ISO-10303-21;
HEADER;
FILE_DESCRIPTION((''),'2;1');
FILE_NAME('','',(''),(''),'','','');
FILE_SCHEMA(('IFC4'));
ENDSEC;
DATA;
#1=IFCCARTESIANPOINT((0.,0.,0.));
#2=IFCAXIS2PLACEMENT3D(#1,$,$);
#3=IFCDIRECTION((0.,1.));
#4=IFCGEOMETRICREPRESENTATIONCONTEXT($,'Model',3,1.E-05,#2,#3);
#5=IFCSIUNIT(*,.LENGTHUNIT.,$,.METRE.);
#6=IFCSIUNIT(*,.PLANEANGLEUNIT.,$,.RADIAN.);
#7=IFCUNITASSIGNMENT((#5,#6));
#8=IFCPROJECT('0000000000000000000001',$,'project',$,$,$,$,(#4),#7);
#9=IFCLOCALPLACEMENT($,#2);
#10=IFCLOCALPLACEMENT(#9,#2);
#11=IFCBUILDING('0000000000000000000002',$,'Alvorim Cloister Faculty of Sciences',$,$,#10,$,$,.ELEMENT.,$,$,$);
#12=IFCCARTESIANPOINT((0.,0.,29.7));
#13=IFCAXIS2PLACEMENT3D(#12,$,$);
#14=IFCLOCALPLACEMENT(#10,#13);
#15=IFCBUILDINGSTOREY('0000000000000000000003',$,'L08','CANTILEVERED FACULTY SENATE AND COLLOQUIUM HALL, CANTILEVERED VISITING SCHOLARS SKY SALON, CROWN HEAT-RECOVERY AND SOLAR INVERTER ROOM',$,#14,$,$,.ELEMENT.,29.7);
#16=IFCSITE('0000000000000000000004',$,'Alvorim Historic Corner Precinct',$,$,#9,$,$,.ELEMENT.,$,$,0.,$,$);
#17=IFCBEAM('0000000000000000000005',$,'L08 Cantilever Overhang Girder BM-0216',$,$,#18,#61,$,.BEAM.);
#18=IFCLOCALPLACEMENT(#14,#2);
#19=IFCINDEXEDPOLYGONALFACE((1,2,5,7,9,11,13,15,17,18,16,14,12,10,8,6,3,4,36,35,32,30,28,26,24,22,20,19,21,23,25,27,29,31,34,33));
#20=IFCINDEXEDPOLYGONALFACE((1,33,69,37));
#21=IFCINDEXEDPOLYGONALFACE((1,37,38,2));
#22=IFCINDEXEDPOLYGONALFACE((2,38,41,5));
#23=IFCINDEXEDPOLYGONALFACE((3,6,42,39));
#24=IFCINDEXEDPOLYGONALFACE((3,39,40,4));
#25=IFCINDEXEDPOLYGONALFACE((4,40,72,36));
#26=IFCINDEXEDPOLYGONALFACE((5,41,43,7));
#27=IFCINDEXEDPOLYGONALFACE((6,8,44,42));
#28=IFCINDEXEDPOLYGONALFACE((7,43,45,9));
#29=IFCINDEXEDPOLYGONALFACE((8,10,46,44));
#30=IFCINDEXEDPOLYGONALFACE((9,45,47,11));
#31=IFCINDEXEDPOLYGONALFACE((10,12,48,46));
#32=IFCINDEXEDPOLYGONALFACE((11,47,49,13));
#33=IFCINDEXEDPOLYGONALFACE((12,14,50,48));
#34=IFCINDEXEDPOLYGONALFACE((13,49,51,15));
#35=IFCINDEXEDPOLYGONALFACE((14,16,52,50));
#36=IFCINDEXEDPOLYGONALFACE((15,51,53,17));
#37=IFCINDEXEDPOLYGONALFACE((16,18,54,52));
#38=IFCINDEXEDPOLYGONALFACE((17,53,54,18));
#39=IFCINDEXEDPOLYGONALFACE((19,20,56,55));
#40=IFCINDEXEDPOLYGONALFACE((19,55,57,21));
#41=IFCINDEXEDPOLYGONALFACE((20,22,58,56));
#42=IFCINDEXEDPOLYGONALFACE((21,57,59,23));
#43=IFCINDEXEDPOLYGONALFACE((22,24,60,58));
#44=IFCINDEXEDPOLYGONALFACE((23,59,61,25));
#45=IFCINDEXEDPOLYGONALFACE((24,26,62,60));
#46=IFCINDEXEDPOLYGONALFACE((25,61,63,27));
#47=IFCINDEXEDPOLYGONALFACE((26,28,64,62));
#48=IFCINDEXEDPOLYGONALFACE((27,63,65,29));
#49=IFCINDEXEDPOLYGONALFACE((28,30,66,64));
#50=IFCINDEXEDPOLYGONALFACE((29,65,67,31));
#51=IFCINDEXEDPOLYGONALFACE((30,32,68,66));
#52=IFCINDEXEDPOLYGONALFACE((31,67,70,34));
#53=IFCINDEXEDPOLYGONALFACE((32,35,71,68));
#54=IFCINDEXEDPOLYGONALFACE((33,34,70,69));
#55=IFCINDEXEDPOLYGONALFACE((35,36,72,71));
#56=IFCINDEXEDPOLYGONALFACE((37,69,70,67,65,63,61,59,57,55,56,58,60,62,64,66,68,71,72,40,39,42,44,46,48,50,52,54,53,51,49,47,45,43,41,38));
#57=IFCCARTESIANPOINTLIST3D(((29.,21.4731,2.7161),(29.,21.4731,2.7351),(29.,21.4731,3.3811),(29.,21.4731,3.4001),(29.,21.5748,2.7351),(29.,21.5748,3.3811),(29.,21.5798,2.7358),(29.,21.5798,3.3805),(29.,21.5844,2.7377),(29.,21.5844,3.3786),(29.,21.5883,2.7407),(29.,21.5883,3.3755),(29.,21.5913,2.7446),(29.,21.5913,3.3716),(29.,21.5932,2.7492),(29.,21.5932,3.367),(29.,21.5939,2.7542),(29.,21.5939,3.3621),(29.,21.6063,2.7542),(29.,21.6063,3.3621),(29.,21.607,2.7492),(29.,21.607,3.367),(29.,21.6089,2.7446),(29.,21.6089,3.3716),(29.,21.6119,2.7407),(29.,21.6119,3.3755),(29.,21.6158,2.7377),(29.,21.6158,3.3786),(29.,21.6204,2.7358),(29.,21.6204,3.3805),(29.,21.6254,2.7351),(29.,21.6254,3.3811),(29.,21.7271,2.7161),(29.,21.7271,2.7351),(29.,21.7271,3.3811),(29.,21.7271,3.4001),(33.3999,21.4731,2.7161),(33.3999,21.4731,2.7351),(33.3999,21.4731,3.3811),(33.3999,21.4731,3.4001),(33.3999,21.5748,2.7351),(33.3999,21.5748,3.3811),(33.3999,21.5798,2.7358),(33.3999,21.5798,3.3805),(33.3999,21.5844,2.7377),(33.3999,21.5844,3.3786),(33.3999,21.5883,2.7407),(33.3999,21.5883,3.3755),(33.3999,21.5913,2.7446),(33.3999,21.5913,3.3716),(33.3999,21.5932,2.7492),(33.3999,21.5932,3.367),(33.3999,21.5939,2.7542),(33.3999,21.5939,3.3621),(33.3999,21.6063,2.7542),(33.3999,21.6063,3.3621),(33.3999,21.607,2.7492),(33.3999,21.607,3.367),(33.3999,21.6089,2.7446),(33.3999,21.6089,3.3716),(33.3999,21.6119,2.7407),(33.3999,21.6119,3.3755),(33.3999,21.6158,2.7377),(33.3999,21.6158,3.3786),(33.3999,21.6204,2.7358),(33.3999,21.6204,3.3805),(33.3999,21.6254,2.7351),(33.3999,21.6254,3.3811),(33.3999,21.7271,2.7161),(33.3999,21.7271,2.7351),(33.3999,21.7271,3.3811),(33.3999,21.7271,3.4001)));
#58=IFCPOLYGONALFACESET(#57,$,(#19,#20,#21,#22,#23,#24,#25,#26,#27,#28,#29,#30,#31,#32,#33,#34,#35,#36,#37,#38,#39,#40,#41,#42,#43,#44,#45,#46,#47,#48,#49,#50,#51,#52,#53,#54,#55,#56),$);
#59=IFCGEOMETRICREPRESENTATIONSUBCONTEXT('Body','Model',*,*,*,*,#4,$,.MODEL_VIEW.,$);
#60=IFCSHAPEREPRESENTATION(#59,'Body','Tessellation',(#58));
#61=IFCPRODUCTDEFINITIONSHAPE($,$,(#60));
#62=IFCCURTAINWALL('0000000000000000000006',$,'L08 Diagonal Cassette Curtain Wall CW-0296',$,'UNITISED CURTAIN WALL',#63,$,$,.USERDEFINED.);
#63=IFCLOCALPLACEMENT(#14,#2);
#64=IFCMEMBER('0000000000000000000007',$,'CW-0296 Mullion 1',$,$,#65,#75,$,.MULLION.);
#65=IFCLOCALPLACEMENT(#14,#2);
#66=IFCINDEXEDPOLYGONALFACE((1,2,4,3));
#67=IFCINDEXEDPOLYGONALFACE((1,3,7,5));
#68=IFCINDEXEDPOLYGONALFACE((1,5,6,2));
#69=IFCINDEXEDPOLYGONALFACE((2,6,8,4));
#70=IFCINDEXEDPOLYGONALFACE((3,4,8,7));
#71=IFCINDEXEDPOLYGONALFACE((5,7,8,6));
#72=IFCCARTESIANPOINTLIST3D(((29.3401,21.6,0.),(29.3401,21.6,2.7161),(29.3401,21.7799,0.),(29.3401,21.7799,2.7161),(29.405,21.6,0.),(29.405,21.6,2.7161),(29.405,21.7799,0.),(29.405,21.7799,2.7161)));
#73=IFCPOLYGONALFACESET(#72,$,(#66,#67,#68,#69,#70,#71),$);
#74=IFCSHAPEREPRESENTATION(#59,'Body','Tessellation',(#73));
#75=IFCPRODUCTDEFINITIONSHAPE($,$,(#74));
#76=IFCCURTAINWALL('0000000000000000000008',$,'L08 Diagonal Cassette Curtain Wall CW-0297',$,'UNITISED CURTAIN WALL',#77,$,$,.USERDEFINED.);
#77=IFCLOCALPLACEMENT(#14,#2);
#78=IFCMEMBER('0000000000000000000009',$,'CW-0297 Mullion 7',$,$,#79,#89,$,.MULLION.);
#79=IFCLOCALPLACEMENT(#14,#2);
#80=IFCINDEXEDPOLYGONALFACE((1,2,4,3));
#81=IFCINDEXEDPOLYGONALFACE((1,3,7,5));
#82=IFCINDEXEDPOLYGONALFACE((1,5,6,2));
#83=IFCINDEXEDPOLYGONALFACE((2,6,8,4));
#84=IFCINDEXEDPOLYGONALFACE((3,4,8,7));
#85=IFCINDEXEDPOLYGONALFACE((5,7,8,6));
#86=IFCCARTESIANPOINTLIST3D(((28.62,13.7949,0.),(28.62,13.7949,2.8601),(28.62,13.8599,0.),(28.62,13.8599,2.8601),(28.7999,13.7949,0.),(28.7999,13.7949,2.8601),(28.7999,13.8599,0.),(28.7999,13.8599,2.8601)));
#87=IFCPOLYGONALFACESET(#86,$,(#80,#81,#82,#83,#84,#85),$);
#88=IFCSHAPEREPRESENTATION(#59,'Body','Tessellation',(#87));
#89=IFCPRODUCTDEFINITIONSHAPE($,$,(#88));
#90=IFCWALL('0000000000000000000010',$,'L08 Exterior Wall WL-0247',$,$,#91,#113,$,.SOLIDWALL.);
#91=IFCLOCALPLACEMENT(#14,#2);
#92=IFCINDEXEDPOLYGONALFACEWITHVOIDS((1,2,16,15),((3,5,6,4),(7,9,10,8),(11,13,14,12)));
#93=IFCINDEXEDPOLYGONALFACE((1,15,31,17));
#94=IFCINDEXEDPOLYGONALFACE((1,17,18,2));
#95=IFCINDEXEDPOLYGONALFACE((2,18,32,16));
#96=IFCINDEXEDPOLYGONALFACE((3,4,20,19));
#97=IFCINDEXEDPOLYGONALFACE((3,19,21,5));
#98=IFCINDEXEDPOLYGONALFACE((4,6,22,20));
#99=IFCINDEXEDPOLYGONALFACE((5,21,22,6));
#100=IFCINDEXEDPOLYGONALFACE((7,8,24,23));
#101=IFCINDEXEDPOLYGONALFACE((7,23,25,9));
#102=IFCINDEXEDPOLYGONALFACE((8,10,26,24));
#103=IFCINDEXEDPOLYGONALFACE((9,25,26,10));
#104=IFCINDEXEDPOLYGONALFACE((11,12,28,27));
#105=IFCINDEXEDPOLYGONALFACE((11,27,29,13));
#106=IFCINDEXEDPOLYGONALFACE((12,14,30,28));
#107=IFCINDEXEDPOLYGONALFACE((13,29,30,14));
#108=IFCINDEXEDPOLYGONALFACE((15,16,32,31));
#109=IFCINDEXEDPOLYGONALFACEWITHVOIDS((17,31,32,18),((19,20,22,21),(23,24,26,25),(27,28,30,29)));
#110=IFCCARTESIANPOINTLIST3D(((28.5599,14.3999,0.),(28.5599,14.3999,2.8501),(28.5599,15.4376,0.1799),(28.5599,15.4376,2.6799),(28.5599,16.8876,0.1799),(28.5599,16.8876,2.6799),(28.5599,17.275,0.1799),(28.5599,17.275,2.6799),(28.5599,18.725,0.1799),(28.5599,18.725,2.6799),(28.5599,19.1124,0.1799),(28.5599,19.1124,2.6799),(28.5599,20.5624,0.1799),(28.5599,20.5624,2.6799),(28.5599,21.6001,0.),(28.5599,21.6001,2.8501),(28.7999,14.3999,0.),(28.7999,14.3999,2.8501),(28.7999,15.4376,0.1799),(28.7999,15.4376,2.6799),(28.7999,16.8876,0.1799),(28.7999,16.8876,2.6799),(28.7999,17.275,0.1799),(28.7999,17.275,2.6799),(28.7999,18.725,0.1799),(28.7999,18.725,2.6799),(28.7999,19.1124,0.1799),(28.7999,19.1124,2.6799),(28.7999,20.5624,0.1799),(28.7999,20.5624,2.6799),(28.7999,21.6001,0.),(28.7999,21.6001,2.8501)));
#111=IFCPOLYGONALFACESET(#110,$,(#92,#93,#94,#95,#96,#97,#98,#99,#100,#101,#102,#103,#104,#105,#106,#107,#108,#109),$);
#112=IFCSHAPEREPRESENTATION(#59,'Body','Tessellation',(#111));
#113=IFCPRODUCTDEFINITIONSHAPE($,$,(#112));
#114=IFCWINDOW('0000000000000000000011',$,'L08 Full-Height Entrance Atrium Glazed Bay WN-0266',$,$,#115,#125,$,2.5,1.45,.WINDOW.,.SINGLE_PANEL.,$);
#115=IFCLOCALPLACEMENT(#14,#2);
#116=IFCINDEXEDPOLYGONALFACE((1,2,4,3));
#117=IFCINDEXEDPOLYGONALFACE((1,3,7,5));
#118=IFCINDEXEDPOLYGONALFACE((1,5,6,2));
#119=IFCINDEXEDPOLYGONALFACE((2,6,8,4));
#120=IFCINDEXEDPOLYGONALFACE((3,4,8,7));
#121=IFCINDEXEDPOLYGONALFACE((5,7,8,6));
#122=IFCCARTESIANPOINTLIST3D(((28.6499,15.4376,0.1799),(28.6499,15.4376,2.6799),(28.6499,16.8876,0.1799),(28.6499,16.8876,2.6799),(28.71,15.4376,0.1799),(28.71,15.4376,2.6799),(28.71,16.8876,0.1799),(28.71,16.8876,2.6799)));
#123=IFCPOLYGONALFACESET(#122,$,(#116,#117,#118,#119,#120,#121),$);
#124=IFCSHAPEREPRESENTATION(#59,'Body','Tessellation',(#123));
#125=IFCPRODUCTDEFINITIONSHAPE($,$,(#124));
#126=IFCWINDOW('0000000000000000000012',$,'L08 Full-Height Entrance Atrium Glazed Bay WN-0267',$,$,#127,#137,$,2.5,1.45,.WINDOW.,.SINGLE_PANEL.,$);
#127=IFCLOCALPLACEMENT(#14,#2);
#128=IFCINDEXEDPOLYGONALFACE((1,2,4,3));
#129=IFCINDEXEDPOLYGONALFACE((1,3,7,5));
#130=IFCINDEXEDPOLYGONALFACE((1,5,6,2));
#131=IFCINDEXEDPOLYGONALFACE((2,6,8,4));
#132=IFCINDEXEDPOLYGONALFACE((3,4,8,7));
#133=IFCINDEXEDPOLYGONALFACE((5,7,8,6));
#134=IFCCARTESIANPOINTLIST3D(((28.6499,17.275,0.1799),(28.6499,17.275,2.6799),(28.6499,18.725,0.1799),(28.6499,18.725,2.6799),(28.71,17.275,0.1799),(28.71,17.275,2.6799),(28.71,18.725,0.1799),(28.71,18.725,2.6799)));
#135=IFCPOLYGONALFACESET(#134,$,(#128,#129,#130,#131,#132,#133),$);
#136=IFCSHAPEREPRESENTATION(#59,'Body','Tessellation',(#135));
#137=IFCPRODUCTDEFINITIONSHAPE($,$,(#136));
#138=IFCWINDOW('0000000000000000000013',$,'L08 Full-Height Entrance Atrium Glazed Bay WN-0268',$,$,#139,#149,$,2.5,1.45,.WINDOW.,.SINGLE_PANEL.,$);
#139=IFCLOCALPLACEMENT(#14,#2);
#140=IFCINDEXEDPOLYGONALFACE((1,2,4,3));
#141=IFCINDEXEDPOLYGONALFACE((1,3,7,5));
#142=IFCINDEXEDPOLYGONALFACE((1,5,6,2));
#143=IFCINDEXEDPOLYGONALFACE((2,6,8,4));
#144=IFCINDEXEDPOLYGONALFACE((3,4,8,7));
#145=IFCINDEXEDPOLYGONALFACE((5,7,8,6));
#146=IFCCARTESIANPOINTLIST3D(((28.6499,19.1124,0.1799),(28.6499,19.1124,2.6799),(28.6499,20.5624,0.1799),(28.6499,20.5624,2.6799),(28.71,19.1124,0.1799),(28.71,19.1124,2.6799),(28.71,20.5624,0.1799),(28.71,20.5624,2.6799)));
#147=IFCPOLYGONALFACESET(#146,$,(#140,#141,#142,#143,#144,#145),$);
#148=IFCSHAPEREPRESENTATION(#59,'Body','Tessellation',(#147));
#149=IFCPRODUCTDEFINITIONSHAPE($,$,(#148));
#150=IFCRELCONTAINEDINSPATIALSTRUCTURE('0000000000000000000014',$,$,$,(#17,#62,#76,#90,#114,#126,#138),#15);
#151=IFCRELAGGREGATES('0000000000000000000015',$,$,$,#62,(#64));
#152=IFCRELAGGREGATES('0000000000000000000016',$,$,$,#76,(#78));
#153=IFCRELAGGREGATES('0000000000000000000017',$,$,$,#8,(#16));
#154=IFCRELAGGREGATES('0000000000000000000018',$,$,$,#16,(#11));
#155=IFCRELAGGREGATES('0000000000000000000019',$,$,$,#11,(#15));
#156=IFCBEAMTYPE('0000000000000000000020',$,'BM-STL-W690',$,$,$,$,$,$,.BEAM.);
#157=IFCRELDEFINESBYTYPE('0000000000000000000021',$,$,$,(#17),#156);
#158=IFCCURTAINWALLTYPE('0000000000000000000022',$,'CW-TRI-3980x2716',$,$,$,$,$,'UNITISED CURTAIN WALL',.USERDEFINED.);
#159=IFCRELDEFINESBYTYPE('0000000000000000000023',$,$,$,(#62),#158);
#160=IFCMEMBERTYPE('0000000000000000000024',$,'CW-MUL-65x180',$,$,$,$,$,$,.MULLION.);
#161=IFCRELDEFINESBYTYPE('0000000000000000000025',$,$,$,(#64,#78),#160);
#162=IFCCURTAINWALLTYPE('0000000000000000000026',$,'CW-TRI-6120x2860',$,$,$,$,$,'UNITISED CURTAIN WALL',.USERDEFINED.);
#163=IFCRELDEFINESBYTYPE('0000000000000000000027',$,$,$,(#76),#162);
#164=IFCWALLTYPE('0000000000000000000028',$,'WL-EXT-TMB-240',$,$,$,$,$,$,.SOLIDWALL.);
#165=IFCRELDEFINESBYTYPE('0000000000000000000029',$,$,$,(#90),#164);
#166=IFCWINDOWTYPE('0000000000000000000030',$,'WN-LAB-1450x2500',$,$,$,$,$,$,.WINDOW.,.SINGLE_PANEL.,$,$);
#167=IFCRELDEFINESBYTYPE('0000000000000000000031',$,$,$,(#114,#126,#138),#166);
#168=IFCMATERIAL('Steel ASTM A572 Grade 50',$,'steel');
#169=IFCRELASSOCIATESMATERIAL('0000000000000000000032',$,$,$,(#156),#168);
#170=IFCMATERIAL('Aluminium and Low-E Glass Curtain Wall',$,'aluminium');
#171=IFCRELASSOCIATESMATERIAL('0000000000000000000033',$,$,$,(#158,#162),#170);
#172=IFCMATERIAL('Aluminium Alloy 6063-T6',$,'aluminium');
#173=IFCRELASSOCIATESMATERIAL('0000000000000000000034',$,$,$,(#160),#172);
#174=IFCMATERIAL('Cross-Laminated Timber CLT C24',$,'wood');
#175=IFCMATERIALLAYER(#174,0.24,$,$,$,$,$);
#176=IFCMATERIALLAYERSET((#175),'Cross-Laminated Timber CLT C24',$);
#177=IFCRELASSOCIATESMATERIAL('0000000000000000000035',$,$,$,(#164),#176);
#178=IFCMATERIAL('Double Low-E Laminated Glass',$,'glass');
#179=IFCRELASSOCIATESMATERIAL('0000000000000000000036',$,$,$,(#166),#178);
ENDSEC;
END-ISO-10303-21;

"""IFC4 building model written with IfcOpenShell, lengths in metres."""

from ifc_helpers import new_model, si_unit, direction, frame, frame_2d, origin, origin_2d, place, context, subcontext, project, spatial, rectangle, i_section, extrude, material, layer, layer_set, material_profile, profile_set, type_object, element, fill, aggregate, save


model = new_model("IFC4")

# Units and contexts
model_context = context("Model", 3, precision=1e-05, world=origin(), true_north=direction((0.0, 1.0)))
body_context = subcontext(model_context, "Body", "Model", "MODEL_VIEW")
ifc_project = project(units=[si_unit("LENGTHUNIT", "METRE"), si_unit("PLANEANGLEUNIT", "RADIAN")], contexts=[model_context])

# Site, building, storey
site_placement = place(None, origin())
site = spatial("IfcSite", under=ifc_project, at=site_placement, Name="Alvorim Historic Corner Precinct", CompositionType="ELEMENT", RefElevation=0.0)
building_placement = place(site_placement, origin())
building = spatial("IfcBuilding", under=site, at=building_placement, Name="Alvorim Cloister Faculty of Sciences", CompositionType="ELEMENT")
storey_placement = place(building_placement, frame((0.0, 0.0, 29.7)))
storey = spatial("IfcBuildingStorey", under=building, at=storey_placement, Name="L08", Description="CANTILEVERED FACULTY SENATE AND COLLOQUIUM HALL, CANTILEVERED VISITING SCHOLARS SKY SALON, CROWN HEAT-RECOVERY AND SOLAR INVERTER ROOM", CompositionType="ELEMENT", Elevation=29.7)

# Beam
ifc_material_1 = material(Name="Steel ASTM A572 Grade 50", Category="steel")
ifc_material_profile_1 = material_profile(ifc_material_1, i_section(OverallWidth=0.2539, OverallDepth=0.6841, WebThickness=0.0125, FlangeThickness=0.019, FilletRadius=0.019, at=origin_2d()), Name="W690x140.0")
ifc_profile_set_1 = profile_set([ifc_material_profile_1], Name="Steel ASTM A572 Grade 50")
beam_type_1 = type_object("IfcBeamType", Name="BM-STL-W690", PredefinedType="BEAM", material=ifc_profile_set_1)
beam_1_placement = place(storey_placement, frame((29.0, 21.6001, 3.0581), z_axis=(1.0, 0.0, 0.0), x_axis=(0.0, 1.0, 0.0)))
element("IfcBeam", 1, at=beam_1_placement, inside=storey, type_object=beam_type_1, Name="L08 Cantilever Overhang Girder BM-0216", PredefinedType="BEAM", context=body_context, shape_type="SweptSolid", body=[
    extrude(i_section(OverallWidth=0.2539, OverallDepth=0.6841, WebThickness=0.0125, FlangeThickness=0.019, FilletRadius=0.019, at=origin_2d()), origin(), (0.0, 0.0, 1.0), 4.3999),
])

# Curtain wall, member
ifc_material_2 = material(Name="Aluminium and Low-E Glass Curtain Wall", Category="aluminium")
curtain_wall_type_1 = type_object("IfcCurtainWallType", Name="CW-TRI-3980x2716", ElementType="UNITISED CURTAIN WALL", PredefinedType="USERDEFINED", material=ifc_material_2)
curtain_wall_1_placement = place(storey_placement, origin())
curtain_wall_1 = element("IfcCurtainWall", 2, at=curtain_wall_1_placement, inside=storey, type_object=curtain_wall_type_1, Name="L08 Diagonal Cassette Curtain Wall CW-0296", ObjectType="UNITISED CURTAIN WALL", PredefinedType="USERDEFINED")
ifc_material_3 = material(Name="Aluminium Alloy 6063-T6", Category="aluminium")
ifc_material_profile_2 = material_profile(ifc_material_3, rectangle(XDim=0.0649, YDim=0.1799, at=origin_2d()), Name="ALU-MUL-65x180")
ifc_profile_set_2 = profile_set([ifc_material_profile_2], Name="Aluminium Alloy 6063-T6")
member_type = type_object("IfcMemberType", Name="CW-MUL-65x180", PredefinedType="MULLION", material=ifc_profile_set_2)
member_1_placement = place(storey_placement, frame((29.3726, 21.6899, 0.0), z_axis=(0.0, 0.0, 1.0), x_axis=(1.0, 0.0, 0.0)))
member_1 = element("IfcMember", 3, at=member_1_placement, type_object=member_type, Name="CW-0296 Mullion 1", PredefinedType="MULLION", context=body_context, shape_type="SweptSolid", body=[
    extrude(rectangle(XDim=0.0649, YDim=0.1799, at=origin_2d()), origin(), (0.0, 0.0, 1.0), 2.7161),
])
aggregate(curtain_wall_1, [member_1])

# Curtain wall, member
curtain_wall_type_2 = type_object("IfcCurtainWallType", Name="CW-TRI-6120x2860", ElementType="UNITISED CURTAIN WALL", PredefinedType="USERDEFINED", material=ifc_material_2)
curtain_wall_2_placement = place(storey_placement, origin())
curtain_wall_2 = element("IfcCurtainWall", 4, at=curtain_wall_2_placement, inside=storey, type_object=curtain_wall_type_2, Name="L08 Diagonal Cassette Curtain Wall CW-0297", ObjectType="UNITISED CURTAIN WALL", PredefinedType="USERDEFINED")
member_2_placement = place(storey_placement, frame((28.71, 13.8274, 0.0), z_axis=(0.0, 0.0, 1.0), x_axis=(0.0, 1.0, 0.0)))
member_2 = element("IfcMember", 5, at=member_2_placement, type_object=member_type, Name="CW-0297 Mullion 7", PredefinedType="MULLION", context=body_context, shape_type="SweptSolid", body=[
    extrude(rectangle(XDim=0.0649, YDim=0.1799, at=origin_2d()), origin(), (0.0, 0.0, 1.0), 2.8601),
])
ifc_material_4 = material(Name="Double Low-E Laminated Glass", Category="glass")
aggregate(curtain_wall_2, [member_2])

# Wall, openings, windows
ifc_material_5 = material(Name="Cross-Laminated Timber CLT C24", Category="wood")
ifc_layer_1 = layer(ifc_material_5, 0.24)
ifc_layer_set_1 = layer_set([ifc_layer_1], Name="Cross-Laminated Timber CLT C24")
wall_type_1 = type_object("IfcWallType", Name="WL-EXT-TMB-240", PredefinedType="SOLIDWALL", material=ifc_layer_set_1)
wall_1_placement = place(storey_placement, frame((28.6799, 14.3999, 0.0), z_axis=(0.0, 0.0, 1.0), x_axis=(0.0, 1.0, 0.0)))
wall_1 = element("IfcWall", 6, at=wall_1_placement, inside=storey, type_object=wall_type_1, Name="L08 Exterior Wall WL-0247", PredefinedType="SOLIDWALL", context=body_context, shape_type="SweptSolid", body=[
    extrude(rectangle(XDim=7.2002, YDim=0.24, at=frame_2d((3.6001, 0.0))), origin(), (0.0, 0.0, 1.0), 2.8501),
])
opening_1_placement = place(wall_1_placement, frame((1.0376, 0.0, 0.1799)))
opening_1 = element("IfcOpeningElement", 7, at=opening_1_placement, cuts=wall_1, PredefinedType="OPENING", context=body_context, shape_type="SweptSolid", body=[
    extrude(rectangle(XDim=1.45, YDim=2.5, at=frame_2d((0.7251, 1.25))), frame((0.0, 0.1318, 0.0), z_axis=(0.0, -1.0, 0.0), x_axis=(1.0, 0.0, 0.0)), (0.0, 0.0, 1.0), 0.2639),
])
opening_2_placement = place(wall_1_placement, frame((2.875, 0.0, 0.1799)))
opening_2 = element("IfcOpeningElement", 8, at=opening_2_placement, cuts=wall_1, PredefinedType="OPENING", context=body_context, shape_type="SweptSolid", body=[
    extrude(rectangle(XDim=1.45, YDim=2.5, at=frame_2d((0.7251, 1.25))), frame((0.0, 0.1318, 0.0), z_axis=(0.0, -1.0, 0.0), x_axis=(1.0, 0.0, 0.0)), (0.0, 0.0, 1.0), 0.2639),
])
opening_3_placement = place(wall_1_placement, frame((4.7124, 0.0, 0.1799)))
opening_3 = element("IfcOpeningElement", 9, at=opening_3_placement, cuts=wall_1, PredefinedType="OPENING", context=body_context, shape_type="SweptSolid", body=[
    extrude(rectangle(XDim=1.45, YDim=2.5, at=frame_2d((0.7251, 1.25))), frame((0.0, 0.1318, 0.0), z_axis=(0.0, -1.0, 0.0), x_axis=(1.0, 0.0, 0.0)), (0.0, 0.0, 1.0), 0.2639),
])
window_type = type_object("IfcWindowType", Name="WN-LAB-1450x2500", PartitioningType="SINGLE_PANEL", PredefinedType="WINDOW", material=ifc_material_4)
window_1_placement = place(opening_1_placement, origin())
window_1 = element("IfcWindow", 10, at=window_1_placement, inside=storey, type_object=window_type, Name="L08 Full-Height Entrance Atrium Glazed Bay WN-0266", OverallHeight=2.5, OverallWidth=1.45, PartitioningType="SINGLE_PANEL", PredefinedType="WINDOW", context=body_context, shape_type="SweptSolid", body=[
    extrude(rectangle(XDim=1.45, YDim=2.5, at=frame_2d((0.7251, 1.25))), frame((0.0, 0.03, 0.0), z_axis=(0.0, -1.0, 0.0), x_axis=(1.0, 0.0, 0.0)), (0.0, 0.0, 1.0), 0.0601),
])
fill(opening_1, window_1)
window_2_placement = place(opening_2_placement, origin())
window_2 = element("IfcWindow", 11, at=window_2_placement, inside=storey, type_object=window_type, Name="L08 Full-Height Entrance Atrium Glazed Bay WN-0267", OverallHeight=2.5, OverallWidth=1.45, PartitioningType="SINGLE_PANEL", PredefinedType="WINDOW", context=body_context, shape_type="SweptSolid", body=[
    extrude(rectangle(XDim=1.45, YDim=2.5, at=frame_2d((0.7251, 1.25))), frame((0.0, 0.03, 0.0), z_axis=(0.0, -1.0, 0.0), x_axis=(1.0, 0.0, 0.0)), (0.0, 0.0, 1.0), 0.0601),
])
fill(opening_2, window_2)
window_3_placement = place(opening_3_placement, origin())
window_3 = element("IfcWindow", 12, at=window_3_placement, inside=storey, type_object=window_type, Name="L08 Full-Height Entrance Atrium Glazed Bay WN-0268", OverallHeight=2.5, OverallWidth=1.45, PartitioningType="SINGLE_PANEL", PredefinedType="WINDOW", context=body_context, shape_type="SweptSolid", body=[
    extrude(rectangle(XDim=1.45, YDim=2.5, at=frame_2d((0.7251, 1.25))), frame((0.0, 0.03, 0.0), z_axis=(0.0, -1.0, 0.0), x_axis=(1.0, 0.0, 0.0)), (0.0, 0.0, 1.0), 0.0601),
])
fill(opening_3, window_3)

save(model, "model.ifc")
